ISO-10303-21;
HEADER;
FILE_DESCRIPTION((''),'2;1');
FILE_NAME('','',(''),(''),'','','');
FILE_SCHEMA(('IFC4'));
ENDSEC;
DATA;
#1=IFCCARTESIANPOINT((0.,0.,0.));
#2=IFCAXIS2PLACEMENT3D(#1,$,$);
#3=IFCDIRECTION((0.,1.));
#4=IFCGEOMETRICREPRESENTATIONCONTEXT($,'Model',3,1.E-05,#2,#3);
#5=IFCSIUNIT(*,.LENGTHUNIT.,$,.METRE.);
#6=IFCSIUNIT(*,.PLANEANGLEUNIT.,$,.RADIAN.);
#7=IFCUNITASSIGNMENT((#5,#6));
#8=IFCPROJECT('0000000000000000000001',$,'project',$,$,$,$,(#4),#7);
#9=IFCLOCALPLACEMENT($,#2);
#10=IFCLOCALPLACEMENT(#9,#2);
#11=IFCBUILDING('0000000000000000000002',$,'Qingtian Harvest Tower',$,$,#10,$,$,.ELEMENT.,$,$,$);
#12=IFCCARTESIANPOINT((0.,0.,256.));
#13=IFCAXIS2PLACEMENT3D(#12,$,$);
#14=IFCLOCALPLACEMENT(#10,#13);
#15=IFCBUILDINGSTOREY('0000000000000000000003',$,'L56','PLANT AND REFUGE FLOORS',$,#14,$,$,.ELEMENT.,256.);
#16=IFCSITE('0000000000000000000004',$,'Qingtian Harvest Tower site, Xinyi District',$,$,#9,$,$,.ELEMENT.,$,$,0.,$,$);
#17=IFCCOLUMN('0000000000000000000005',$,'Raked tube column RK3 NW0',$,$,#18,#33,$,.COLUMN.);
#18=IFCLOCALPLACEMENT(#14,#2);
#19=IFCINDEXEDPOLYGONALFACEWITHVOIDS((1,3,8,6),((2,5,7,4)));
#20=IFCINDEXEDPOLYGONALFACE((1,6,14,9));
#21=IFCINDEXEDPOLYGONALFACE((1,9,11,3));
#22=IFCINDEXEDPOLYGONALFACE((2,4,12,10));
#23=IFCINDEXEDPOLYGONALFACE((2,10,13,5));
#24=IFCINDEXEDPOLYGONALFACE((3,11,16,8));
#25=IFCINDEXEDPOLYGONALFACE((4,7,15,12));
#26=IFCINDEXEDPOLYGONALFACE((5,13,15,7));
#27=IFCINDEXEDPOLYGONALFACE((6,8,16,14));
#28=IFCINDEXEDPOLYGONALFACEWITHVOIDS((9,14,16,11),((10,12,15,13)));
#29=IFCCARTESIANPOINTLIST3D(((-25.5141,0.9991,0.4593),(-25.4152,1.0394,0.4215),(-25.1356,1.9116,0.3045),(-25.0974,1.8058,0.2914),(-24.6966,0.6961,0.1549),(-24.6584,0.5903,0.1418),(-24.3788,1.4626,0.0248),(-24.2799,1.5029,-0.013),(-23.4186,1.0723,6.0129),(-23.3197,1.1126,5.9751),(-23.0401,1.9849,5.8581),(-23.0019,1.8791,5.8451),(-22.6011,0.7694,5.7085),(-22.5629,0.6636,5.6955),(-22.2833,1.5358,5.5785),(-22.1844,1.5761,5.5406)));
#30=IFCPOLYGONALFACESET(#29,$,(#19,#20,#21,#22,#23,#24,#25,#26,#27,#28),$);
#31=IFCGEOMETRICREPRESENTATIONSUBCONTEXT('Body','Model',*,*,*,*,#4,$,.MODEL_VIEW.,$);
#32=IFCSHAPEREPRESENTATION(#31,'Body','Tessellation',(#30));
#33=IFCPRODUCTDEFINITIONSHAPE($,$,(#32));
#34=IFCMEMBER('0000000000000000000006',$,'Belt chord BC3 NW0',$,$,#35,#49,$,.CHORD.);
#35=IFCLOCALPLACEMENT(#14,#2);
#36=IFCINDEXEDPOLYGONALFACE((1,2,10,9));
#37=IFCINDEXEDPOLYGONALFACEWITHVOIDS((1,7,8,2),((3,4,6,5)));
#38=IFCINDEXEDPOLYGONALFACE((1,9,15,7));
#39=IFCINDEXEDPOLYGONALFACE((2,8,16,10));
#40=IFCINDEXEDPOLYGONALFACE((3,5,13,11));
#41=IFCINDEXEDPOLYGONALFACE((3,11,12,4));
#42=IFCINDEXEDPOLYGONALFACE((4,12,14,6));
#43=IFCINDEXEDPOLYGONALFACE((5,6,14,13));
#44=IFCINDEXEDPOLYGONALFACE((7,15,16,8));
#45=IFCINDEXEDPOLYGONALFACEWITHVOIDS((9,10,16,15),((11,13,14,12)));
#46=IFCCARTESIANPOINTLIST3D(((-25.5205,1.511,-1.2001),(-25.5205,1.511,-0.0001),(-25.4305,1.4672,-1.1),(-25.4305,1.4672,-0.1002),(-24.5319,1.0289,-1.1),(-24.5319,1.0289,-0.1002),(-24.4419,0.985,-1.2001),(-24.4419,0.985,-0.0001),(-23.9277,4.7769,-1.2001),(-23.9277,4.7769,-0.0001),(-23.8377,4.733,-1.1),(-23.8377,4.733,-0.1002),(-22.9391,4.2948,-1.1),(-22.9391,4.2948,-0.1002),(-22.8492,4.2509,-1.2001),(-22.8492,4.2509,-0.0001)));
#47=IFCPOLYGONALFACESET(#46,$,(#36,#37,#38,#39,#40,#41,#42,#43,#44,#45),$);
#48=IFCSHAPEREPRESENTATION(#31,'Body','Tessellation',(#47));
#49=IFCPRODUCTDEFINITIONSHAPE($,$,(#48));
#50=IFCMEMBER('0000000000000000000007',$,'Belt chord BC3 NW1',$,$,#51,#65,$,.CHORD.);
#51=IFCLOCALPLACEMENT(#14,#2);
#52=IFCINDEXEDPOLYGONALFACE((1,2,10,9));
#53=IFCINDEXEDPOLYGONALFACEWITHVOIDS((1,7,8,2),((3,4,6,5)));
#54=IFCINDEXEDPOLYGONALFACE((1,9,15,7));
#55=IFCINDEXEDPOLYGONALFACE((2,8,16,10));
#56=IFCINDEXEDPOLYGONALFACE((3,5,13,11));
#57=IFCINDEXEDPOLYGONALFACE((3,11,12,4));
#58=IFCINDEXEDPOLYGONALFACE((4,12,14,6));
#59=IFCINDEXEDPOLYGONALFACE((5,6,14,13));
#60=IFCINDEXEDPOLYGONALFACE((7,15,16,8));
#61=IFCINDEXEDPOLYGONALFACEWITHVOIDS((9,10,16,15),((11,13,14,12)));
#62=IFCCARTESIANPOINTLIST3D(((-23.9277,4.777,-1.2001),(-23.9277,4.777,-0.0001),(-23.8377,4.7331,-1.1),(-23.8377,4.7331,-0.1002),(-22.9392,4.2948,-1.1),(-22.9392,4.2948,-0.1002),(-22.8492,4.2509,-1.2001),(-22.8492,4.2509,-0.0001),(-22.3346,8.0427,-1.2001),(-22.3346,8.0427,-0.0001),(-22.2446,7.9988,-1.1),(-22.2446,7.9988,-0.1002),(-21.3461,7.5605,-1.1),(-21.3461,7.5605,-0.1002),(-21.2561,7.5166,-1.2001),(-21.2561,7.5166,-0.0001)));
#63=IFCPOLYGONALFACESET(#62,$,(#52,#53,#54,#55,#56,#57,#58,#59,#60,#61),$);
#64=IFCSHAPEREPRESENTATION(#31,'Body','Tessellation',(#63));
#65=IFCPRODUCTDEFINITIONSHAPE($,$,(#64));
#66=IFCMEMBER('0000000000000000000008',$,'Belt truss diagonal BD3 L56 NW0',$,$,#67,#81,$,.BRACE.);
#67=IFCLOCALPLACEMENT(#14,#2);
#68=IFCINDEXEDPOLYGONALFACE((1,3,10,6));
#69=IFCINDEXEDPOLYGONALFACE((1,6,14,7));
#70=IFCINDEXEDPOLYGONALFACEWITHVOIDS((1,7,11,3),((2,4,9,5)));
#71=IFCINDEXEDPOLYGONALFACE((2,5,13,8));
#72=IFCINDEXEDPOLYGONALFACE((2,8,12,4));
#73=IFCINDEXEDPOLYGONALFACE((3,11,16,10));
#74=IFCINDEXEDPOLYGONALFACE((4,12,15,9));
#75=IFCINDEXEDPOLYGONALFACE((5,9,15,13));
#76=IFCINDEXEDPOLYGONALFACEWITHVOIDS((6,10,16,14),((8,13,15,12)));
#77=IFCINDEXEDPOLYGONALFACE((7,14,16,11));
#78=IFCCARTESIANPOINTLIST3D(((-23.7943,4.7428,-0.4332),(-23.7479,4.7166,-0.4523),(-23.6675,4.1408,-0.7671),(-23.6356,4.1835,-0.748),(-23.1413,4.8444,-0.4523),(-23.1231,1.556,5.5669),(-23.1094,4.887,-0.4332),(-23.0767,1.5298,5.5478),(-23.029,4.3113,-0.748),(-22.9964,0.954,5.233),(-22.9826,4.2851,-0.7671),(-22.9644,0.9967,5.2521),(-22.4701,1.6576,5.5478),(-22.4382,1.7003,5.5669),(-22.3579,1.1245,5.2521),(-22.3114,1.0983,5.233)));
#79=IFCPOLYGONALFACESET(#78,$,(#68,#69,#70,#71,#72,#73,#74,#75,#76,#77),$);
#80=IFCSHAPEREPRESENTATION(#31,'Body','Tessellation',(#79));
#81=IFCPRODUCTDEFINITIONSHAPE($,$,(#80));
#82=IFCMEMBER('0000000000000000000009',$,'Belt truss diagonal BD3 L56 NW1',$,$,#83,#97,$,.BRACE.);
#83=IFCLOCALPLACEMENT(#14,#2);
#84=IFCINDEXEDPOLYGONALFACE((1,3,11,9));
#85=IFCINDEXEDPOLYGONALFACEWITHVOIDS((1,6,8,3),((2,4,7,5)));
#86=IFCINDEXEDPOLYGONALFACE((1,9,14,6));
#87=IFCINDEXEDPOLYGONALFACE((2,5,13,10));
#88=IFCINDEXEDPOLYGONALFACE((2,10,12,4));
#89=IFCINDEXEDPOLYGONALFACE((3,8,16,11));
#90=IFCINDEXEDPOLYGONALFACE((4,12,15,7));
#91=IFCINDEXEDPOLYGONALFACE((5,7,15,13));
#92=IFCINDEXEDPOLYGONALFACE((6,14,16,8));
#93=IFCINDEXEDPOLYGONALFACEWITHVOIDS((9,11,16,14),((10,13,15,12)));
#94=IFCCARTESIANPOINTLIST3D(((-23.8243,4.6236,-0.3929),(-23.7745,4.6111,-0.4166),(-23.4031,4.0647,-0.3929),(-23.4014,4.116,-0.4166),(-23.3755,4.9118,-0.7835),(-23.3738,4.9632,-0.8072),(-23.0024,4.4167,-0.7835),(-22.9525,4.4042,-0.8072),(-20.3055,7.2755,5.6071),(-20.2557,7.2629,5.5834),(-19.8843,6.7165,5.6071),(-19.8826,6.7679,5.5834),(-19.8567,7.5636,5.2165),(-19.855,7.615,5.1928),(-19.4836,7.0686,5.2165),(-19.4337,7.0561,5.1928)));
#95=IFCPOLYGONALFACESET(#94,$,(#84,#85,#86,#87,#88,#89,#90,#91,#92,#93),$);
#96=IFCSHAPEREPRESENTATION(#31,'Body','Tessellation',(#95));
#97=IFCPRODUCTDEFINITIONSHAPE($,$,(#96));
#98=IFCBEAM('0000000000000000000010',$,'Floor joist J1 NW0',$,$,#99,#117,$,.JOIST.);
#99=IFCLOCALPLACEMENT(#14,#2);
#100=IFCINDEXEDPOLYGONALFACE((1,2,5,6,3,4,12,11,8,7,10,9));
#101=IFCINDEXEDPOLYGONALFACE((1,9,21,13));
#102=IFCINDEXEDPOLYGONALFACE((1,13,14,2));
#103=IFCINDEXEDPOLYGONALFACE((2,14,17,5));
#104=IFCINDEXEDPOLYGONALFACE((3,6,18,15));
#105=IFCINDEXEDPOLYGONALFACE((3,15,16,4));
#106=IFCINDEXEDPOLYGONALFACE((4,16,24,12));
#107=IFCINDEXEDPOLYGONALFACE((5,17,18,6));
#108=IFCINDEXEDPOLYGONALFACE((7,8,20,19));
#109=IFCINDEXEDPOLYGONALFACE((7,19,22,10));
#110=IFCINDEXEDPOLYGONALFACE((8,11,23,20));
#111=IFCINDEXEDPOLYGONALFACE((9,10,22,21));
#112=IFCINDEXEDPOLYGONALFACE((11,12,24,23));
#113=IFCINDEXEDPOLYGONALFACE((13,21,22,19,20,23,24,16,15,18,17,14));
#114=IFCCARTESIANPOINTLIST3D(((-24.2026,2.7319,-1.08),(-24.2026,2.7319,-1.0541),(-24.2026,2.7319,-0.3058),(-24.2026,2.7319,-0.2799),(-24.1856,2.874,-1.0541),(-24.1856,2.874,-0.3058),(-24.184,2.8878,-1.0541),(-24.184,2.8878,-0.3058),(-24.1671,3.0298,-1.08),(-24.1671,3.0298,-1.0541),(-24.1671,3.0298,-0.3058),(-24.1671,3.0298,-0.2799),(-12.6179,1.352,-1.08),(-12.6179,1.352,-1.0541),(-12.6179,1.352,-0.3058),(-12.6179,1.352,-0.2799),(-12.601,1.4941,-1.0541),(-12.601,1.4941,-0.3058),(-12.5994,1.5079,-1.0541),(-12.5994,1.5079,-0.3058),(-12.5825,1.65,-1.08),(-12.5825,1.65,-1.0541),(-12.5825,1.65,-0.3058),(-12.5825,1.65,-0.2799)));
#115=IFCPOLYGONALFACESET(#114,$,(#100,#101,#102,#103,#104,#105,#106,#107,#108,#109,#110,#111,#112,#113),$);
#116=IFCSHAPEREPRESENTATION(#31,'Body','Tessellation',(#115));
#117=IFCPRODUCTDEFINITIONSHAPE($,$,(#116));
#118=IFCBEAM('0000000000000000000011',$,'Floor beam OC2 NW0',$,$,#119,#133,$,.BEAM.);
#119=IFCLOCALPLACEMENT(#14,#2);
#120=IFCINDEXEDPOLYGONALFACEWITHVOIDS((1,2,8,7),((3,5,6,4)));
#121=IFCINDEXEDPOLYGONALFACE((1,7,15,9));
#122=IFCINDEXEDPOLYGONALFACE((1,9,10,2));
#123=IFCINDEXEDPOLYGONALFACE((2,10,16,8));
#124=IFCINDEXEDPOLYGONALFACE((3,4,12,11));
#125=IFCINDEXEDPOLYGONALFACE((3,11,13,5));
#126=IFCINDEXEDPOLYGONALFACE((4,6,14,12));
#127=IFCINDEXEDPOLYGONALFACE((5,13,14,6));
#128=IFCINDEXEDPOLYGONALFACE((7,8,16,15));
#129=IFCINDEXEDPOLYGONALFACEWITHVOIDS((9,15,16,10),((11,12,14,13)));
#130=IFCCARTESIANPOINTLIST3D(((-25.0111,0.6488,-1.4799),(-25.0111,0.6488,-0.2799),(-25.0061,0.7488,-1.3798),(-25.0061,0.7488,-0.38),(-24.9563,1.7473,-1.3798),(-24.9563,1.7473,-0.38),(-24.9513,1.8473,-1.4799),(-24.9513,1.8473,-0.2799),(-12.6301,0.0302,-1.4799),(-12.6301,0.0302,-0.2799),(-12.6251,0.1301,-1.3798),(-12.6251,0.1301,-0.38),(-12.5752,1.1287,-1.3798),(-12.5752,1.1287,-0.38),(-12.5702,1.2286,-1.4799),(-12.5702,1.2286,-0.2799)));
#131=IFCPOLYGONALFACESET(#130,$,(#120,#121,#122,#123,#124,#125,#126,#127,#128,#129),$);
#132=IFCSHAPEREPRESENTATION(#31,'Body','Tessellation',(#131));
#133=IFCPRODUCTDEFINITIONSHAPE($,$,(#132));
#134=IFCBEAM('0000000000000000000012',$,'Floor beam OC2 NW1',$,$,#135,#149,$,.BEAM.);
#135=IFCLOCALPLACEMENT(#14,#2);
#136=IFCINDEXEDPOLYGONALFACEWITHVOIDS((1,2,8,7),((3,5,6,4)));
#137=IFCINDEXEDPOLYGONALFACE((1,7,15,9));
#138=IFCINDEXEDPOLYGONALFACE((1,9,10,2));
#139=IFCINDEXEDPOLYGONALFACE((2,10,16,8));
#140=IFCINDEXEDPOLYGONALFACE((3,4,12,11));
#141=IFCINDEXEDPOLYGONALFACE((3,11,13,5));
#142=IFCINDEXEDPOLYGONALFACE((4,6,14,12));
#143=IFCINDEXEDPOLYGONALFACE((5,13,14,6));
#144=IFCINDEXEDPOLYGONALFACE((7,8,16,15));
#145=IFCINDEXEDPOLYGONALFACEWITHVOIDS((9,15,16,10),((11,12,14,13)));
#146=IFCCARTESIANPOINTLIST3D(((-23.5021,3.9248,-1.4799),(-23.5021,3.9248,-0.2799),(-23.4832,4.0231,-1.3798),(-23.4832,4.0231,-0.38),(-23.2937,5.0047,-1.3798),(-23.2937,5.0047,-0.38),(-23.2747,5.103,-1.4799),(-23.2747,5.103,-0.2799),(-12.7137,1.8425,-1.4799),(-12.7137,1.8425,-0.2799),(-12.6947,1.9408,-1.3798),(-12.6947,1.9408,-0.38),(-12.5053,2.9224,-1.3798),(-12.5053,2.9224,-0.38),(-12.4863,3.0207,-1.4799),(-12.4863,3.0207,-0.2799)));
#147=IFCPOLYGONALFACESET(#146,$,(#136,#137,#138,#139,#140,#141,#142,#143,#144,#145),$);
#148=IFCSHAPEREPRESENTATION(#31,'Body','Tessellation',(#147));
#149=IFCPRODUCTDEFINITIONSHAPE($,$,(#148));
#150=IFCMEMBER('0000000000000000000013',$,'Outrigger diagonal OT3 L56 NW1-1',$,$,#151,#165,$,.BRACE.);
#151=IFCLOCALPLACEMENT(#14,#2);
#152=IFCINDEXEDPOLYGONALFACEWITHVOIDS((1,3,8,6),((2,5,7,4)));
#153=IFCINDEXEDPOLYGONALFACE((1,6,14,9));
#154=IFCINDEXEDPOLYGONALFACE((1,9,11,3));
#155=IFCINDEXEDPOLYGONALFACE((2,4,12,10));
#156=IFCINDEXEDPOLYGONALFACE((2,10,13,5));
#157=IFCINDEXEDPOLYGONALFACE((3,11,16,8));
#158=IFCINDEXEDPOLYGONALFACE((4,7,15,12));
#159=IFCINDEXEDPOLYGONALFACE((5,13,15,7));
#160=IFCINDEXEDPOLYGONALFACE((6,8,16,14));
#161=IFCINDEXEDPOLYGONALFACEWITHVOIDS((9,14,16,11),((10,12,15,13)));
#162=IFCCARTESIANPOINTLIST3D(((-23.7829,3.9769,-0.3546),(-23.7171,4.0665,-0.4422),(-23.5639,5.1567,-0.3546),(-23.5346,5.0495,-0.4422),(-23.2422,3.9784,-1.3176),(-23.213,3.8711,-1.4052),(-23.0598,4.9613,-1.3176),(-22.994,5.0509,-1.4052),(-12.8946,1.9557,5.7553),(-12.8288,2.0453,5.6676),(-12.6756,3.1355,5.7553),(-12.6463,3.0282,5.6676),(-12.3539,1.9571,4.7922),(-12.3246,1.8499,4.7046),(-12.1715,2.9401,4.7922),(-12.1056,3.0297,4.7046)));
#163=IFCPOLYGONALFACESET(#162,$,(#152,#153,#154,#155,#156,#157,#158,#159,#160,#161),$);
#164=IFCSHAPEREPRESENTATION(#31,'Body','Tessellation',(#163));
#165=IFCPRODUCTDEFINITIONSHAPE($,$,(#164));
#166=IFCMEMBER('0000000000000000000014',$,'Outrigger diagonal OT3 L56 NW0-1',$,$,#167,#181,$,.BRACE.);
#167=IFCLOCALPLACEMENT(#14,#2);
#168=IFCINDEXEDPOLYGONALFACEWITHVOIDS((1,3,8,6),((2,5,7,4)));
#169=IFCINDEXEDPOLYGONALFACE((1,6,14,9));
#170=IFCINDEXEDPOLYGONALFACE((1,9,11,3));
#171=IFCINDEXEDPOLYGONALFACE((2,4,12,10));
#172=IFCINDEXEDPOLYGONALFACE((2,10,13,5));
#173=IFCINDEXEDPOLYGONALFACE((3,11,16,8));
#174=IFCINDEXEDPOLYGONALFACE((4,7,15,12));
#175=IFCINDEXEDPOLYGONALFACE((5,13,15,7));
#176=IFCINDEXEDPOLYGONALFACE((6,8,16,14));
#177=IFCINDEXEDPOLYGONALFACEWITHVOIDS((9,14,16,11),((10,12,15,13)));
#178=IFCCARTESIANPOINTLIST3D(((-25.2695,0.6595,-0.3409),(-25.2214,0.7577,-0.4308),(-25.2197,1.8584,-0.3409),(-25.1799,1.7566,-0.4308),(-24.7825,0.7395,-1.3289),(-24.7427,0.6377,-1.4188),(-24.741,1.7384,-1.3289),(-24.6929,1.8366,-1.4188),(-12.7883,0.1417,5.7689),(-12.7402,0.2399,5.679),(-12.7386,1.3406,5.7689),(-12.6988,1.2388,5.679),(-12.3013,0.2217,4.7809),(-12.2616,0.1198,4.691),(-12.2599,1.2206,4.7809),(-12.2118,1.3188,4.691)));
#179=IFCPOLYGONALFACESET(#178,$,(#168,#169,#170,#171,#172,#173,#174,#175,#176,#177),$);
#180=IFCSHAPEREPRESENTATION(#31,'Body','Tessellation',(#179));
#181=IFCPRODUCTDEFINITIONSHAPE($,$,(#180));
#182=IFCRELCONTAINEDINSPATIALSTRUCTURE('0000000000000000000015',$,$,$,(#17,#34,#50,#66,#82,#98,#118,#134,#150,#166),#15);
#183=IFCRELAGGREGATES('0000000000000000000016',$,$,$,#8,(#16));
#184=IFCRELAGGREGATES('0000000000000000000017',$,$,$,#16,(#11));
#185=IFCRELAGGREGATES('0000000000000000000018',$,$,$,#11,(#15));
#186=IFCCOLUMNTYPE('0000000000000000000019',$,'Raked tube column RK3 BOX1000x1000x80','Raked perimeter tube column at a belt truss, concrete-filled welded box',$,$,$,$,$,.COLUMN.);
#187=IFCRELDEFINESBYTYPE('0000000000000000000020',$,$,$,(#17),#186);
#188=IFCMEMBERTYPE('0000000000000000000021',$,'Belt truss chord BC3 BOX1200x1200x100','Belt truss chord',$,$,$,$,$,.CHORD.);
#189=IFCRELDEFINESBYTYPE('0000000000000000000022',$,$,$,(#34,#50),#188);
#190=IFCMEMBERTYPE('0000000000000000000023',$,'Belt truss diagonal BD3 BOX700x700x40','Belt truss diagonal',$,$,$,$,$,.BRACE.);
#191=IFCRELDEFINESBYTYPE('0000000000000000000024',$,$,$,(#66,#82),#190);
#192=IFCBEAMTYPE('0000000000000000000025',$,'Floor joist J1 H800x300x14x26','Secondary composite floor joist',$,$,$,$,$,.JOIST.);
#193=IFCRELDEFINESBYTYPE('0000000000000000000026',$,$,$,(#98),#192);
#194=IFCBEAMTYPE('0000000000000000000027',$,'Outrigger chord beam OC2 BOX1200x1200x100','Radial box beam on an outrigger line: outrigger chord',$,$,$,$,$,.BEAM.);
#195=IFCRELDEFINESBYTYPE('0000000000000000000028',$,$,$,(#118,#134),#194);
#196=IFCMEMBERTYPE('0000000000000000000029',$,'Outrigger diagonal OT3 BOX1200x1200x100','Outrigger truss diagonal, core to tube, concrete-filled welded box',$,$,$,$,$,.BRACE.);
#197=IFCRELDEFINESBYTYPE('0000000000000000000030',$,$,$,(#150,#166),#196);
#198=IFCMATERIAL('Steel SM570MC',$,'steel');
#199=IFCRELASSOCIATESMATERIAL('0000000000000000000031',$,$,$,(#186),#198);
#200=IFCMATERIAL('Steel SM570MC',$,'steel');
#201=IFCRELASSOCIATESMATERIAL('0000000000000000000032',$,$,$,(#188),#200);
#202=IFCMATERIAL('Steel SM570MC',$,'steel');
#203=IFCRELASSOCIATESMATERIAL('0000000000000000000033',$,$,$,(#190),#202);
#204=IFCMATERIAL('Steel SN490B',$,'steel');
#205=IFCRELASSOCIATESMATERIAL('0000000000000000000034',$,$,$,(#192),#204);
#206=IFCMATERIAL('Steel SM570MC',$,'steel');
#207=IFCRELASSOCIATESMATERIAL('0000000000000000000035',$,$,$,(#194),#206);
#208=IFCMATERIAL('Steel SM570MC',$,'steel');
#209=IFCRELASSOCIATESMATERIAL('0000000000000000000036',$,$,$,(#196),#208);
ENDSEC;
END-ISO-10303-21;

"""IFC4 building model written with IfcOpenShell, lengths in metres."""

from ifc_helpers import new_model, si_unit, direction, frame, origin, origin_2d, place, context, subcontext, project, spatial, hollow_rectangle, i_section, extrude, clip, halfspace, material, material_profile, profile_set, type_object, element, save


model = new_model("IFC4")

# Units and contexts
model_context = context("Model", 3, precision=1e-05, world=origin(), true_north=direction((0.0, 1.0)))
body_context = subcontext(model_context, "Body", "Model", "MODEL_VIEW")
ifc_project = project(units=[si_unit("LENGTHUNIT", "METRE"), si_unit("PLANEANGLEUNIT", "RADIAN")], contexts=[model_context])

# Site, building, storey
site_placement = place(None, origin())
site = spatial("IfcSite", under=ifc_project, at=site_placement, Name="Qingtian Harvest Tower site, Xinyi District", CompositionType="ELEMENT", RefElevation=0.0)
building_placement = place(site_placement, origin())
building = spatial("IfcBuilding", under=site, at=building_placement, Name="Qingtian Harvest Tower", CompositionType="ELEMENT")
storey_placement = place(building_placement, frame((0.0, 0.0, 256.0)))
storey = spatial("IfcBuildingStorey", under=building, at=storey_placement, Name="L56", Description="PLANT AND REFUGE FLOORS", CompositionType="ELEMENT", Elevation=256.0)

# Column
ifc_material_1 = material(Name="Steel SM570MC", Category="steel")
ifc_material_profile_1 = material_profile(ifc_material_1, hollow_rectangle(XDim=1.0, YDim=1.0, WallThickness=0.0801, at=origin_2d()), Name="BOX1000x1000x80")
ifc_profile_set_1 = profile_set([ifc_material_profile_1], Name="Steel SM570MC")
column_type = type_object("IfcColumnType", Name="Raked tube column RK3 BOX1000x1000x80", Description="Raked perimeter tube column at a belt truss, concrete-filled welded box", PredefinedType="COLUMN", material=ifc_profile_set_1)
column_1_placement = place(storey_placement, frame((-24.9812, 1.248, 0.0), z_axis=(0.352998, 0.012334, 0.935543), x_axis=(0.855655, -0.408742, -0.317466)))
element("IfcColumn", 1, at=column_1_placement, inside=storey, type_object=column_type, Name="Raked tube column RK3 NW0", PredefinedType="COLUMN", context=body_context, shape_type="Clipping", body=[
    clip(clip(extrude(hollow_rectangle(XDim=1.0, YDim=1.0, WallThickness=0.0801, at=origin_2d()), origin(), (0.0, 0.0, 1.0), 6.4133), halfspace(frame((0.0, 0.0, 0.2385), z_axis=(0.0, 0.0, -1.0), x_axis=(0.0, -1.0, 0.0)), False)), halfspace(frame((0.0, 0.0, 6.1748), z_axis=(0.0, 0.0, 1.0), x_axis=(0.0, 1.0, 0.0)), False)),
])

# Members
ifc_material_2 = material(Name="Steel SM570MC", Category="steel")
ifc_material_profile_2 = material_profile(ifc_material_2, hollow_rectangle(XDim=1.2, YDim=1.2, WallThickness=0.1001, at=origin_2d()), Name="BOX1200x1200x100")
ifc_profile_set_2 = profile_set([ifc_material_profile_2], Name="Steel SM570MC")
member_type_1 = type_object("IfcMemberType", Name="Belt truss chord BC3 BOX1200x1200x100", Description="Belt truss chord", PredefinedType="CHORD", material=ifc_profile_set_2)
for number, where, z_axis, x_axis, name in (
    (2, (-24.9812, 1.248, -0.6001), (0.438349, 0.898805, 0.0), (-0.898805, 0.438349, 0.0), "Belt chord BC3 NW0"),
    (3, (-23.3884, 4.5139, -0.6001), (0.43843, 0.898765, 0.0), (-0.898765, 0.43843, 0.0), "Belt chord BC3 NW1"),
):
    element("IfcMember", number, at=place(storey_placement, frame(where, z_axis=z_axis, x_axis=x_axis)), inside=storey, type_object=member_type_1, Name=name, PredefinedType="CHORD", context=body_context, shape_type="SweptSolid", body=[
        extrude(hollow_rectangle(XDim=1.2, YDim=1.2, WallThickness=0.1001, at=origin_2d()), origin(), (0.0, 0.0, 1.0), 3.6335),
    ])
ifc_material_3 = material(Name="Steel SM570MC", Category="steel")
ifc_material_profile_3 = material_profile(ifc_material_3, hollow_rectangle(XDim=0.7, YDim=0.7, WallThickness=0.04, at=origin_2d()), Name="BOX700x700x40")
ifc_profile_set_3 = profile_set([ifc_material_profile_3], Name="Steel SM570MC")
member_type_2 = type_object("IfcMemberType", Name="Belt truss diagonal BD3 BOX700x700x40", Description="Belt truss diagonal", PredefinedType="BRACE", material=ifc_profile_set_3)
member_1_placement = place(storey_placement, frame((-22.7173, 1.3271, 5.3999), z_axis=(-0.098309, 0.466799, -0.878882), x_axis=(-0.978535, -0.206082, 0.0)))
element("IfcMember", 4, at=member_1_placement, inside=storey, type_object=member_type_2, Name="Belt truss diagonal BD3 L56 NW0", PredefinedType="BRACE", context=body_context, shape_type="SweptSolid", body=[
    extrude(hollow_rectangle(XDim=0.7, YDim=0.7, WallThickness=0.04, at=origin_2d()), origin(), (0.0, 0.0, 1.0), 6.8269),
])
member_2_placement = place(storey_placement, frame((-23.3884, 4.5139, -0.6001), z_axis=(0.472698, 0.356237, 0.80601), x_axis=(-0.601851, 0.798608, 0.0)))
element("IfcMember", 5, at=member_2_placement, inside=storey, type_object=member_type_2, Name="Belt truss diagonal BD3 L56 NW1", PredefinedType="BRACE", context=body_context, shape_type="SweptSolid", body=[
    extrude(hollow_rectangle(XDim=0.7, YDim=0.7, WallThickness=0.04, at=origin_2d()), origin(), (0.0, 0.0, 1.0), 7.4441),
])

# Beams
ifc_material_4 = material(Name="Steel SN490B", Category="steel")
ifc_material_profile_4 = material_profile(ifc_material_4, i_section(OverallWidth=0.3, OverallDepth=0.8, WebThickness=0.0139, FlangeThickness=0.0259, at=origin_2d()), Name="H800x300x14x26")
ifc_profile_set_4 = profile_set([ifc_material_profile_4], Name="Steel SN490B")
beam_type_1 = type_object("IfcBeamType", Name="Floor joist J1 H800x300x14x26", Description="Secondary composite floor joist", PredefinedType="JOIST", material=ifc_profile_set_4)
beam_1_placement = place(storey_placement, frame((-24.1848, 2.8809, -0.6799), z_axis=(0.992981, -0.118276, 0.0), x_axis=(0.118276, 0.992981, 0.0)))
element("IfcBeam", 6, at=beam_1_placement, inside=storey, type_object=beam_type_1, Name="Floor joist J1 NW0", PredefinedType="JOIST", context=body_context, shape_type="SweptSolid", body=[
    extrude(i_section(OverallWidth=0.3, OverallDepth=0.8, WebThickness=0.0139, FlangeThickness=0.0259, at=origin_2d()), origin(), (0.0, 0.0, 1.0), 11.6665),
])
ifc_material_5 = material(Name="Steel SM570MC", Category="steel")
ifc_material_profile_5 = material_profile(ifc_material_5, hollow_rectangle(XDim=1.2, YDim=1.2, WallThickness=0.1001, at=origin_2d()), Name="BOX1200x1200x100")
ifc_profile_set_5 = profile_set([ifc_material_profile_5], Name="Steel SM570MC")
beam_type_2 = type_object("IfcBeamType", Name="Outrigger chord beam OC2 BOX1200x1200x100", Description="Radial box beam on an outrigger line: outrigger chord", PredefinedType="BEAM", material=ifc_profile_set_5)
beam_2_placement = place(storey_placement, frame((-24.9812, 1.248, -0.8799), z_axis=(0.998754, -0.049905, 0.0), x_axis=(0.049905, 0.998754, 0.0)))
element("IfcBeam", 7, at=beam_2_placement, inside=storey, type_object=beam_type_2, Name="Floor beam OC2 NW0", PredefinedType="BEAM", context=body_context, shape_type="SweptSolid", body=[
    extrude(hollow_rectangle(XDim=1.2, YDim=1.2, WallThickness=0.1001, at=origin_2d()), origin(), (0.0, 0.0, 1.0), 12.3965),
])
beam_3_placement = place(storey_placement, frame((-23.3884, 4.5139, -0.8799), z_axis=(0.981878, -0.189514, 0.0), x_axis=(0.189514, 0.981878, 0.0)))
element("IfcBeam", 8, at=beam_3_placement, inside=storey, type_object=beam_type_2, Name="Floor beam OC2 NW1", PredefinedType="BEAM", context=body_context, shape_type="SweptSolid", body=[
    extrude(hollow_rectangle(XDim=1.2, YDim=1.2, WallThickness=0.1001, at=origin_2d()), origin(), (0.0, 0.0, 1.0), 10.9875),
])

# Members
ifc_material_6 = material(Name="Steel SM570MC", Category="steel")
ifc_material_profile_6 = material_profile(ifc_material_6, hollow_rectangle(XDim=1.2, YDim=1.2, WallThickness=0.1001, at=origin_2d()), Name="BOX1200x1200x100")
ifc_profile_set_6 = profile_set([ifc_material_profile_6], Name="Steel SM570MC")
member_type_3 = type_object("IfcMemberType", Name="Outrigger diagonal OT3 BOX1200x1200x100", Description="Outrigger truss diagonal, core to tube, concrete-filled welded box", PredefinedType="BRACE", material=ifc_profile_set_6)
member_3_placement = place(storey_placement, frame((-23.3884, 4.5139, -0.8799), z_axis=(0.860877, -0.159806, 0.483067), x_axis=(0.182514, 0.983203, 0.0)))
element("IfcMember", 9, at=member_3_placement, inside=storey, type_object=member_type_3, Name="Outrigger diagonal OT3 L56 NW1-1", PredefinedType="BRACE", context=body_context, shape_type="SweptSolid", body=[
    extrude(hollow_rectangle(XDim=1.2, YDim=1.2, WallThickness=0.1001, at=origin_2d()), origin(), (0.0, 0.0, 1.0), 12.6479),
])
member_4_placement = place(storey_placement, frame((-24.9812, 1.248, -0.8799), z_axis=(0.897536, -0.037237, 0.439366), x_axis=(0.041453, 0.99914, 0.0)))
element("IfcMember", 10, at=member_4_placement, inside=storey, type_object=member_type_3, Name="Outrigger diagonal OT3 L56 NW0-1", PredefinedType="BRACE", context=body_context, shape_type="SweptSolid", body=[
    extrude(hollow_rectangle(XDim=1.2, YDim=1.2, WallThickness=0.1001, at=origin_2d()), origin(), (0.0, 0.0, 1.0), 13.906),
])

save(model, "model.ifc")
